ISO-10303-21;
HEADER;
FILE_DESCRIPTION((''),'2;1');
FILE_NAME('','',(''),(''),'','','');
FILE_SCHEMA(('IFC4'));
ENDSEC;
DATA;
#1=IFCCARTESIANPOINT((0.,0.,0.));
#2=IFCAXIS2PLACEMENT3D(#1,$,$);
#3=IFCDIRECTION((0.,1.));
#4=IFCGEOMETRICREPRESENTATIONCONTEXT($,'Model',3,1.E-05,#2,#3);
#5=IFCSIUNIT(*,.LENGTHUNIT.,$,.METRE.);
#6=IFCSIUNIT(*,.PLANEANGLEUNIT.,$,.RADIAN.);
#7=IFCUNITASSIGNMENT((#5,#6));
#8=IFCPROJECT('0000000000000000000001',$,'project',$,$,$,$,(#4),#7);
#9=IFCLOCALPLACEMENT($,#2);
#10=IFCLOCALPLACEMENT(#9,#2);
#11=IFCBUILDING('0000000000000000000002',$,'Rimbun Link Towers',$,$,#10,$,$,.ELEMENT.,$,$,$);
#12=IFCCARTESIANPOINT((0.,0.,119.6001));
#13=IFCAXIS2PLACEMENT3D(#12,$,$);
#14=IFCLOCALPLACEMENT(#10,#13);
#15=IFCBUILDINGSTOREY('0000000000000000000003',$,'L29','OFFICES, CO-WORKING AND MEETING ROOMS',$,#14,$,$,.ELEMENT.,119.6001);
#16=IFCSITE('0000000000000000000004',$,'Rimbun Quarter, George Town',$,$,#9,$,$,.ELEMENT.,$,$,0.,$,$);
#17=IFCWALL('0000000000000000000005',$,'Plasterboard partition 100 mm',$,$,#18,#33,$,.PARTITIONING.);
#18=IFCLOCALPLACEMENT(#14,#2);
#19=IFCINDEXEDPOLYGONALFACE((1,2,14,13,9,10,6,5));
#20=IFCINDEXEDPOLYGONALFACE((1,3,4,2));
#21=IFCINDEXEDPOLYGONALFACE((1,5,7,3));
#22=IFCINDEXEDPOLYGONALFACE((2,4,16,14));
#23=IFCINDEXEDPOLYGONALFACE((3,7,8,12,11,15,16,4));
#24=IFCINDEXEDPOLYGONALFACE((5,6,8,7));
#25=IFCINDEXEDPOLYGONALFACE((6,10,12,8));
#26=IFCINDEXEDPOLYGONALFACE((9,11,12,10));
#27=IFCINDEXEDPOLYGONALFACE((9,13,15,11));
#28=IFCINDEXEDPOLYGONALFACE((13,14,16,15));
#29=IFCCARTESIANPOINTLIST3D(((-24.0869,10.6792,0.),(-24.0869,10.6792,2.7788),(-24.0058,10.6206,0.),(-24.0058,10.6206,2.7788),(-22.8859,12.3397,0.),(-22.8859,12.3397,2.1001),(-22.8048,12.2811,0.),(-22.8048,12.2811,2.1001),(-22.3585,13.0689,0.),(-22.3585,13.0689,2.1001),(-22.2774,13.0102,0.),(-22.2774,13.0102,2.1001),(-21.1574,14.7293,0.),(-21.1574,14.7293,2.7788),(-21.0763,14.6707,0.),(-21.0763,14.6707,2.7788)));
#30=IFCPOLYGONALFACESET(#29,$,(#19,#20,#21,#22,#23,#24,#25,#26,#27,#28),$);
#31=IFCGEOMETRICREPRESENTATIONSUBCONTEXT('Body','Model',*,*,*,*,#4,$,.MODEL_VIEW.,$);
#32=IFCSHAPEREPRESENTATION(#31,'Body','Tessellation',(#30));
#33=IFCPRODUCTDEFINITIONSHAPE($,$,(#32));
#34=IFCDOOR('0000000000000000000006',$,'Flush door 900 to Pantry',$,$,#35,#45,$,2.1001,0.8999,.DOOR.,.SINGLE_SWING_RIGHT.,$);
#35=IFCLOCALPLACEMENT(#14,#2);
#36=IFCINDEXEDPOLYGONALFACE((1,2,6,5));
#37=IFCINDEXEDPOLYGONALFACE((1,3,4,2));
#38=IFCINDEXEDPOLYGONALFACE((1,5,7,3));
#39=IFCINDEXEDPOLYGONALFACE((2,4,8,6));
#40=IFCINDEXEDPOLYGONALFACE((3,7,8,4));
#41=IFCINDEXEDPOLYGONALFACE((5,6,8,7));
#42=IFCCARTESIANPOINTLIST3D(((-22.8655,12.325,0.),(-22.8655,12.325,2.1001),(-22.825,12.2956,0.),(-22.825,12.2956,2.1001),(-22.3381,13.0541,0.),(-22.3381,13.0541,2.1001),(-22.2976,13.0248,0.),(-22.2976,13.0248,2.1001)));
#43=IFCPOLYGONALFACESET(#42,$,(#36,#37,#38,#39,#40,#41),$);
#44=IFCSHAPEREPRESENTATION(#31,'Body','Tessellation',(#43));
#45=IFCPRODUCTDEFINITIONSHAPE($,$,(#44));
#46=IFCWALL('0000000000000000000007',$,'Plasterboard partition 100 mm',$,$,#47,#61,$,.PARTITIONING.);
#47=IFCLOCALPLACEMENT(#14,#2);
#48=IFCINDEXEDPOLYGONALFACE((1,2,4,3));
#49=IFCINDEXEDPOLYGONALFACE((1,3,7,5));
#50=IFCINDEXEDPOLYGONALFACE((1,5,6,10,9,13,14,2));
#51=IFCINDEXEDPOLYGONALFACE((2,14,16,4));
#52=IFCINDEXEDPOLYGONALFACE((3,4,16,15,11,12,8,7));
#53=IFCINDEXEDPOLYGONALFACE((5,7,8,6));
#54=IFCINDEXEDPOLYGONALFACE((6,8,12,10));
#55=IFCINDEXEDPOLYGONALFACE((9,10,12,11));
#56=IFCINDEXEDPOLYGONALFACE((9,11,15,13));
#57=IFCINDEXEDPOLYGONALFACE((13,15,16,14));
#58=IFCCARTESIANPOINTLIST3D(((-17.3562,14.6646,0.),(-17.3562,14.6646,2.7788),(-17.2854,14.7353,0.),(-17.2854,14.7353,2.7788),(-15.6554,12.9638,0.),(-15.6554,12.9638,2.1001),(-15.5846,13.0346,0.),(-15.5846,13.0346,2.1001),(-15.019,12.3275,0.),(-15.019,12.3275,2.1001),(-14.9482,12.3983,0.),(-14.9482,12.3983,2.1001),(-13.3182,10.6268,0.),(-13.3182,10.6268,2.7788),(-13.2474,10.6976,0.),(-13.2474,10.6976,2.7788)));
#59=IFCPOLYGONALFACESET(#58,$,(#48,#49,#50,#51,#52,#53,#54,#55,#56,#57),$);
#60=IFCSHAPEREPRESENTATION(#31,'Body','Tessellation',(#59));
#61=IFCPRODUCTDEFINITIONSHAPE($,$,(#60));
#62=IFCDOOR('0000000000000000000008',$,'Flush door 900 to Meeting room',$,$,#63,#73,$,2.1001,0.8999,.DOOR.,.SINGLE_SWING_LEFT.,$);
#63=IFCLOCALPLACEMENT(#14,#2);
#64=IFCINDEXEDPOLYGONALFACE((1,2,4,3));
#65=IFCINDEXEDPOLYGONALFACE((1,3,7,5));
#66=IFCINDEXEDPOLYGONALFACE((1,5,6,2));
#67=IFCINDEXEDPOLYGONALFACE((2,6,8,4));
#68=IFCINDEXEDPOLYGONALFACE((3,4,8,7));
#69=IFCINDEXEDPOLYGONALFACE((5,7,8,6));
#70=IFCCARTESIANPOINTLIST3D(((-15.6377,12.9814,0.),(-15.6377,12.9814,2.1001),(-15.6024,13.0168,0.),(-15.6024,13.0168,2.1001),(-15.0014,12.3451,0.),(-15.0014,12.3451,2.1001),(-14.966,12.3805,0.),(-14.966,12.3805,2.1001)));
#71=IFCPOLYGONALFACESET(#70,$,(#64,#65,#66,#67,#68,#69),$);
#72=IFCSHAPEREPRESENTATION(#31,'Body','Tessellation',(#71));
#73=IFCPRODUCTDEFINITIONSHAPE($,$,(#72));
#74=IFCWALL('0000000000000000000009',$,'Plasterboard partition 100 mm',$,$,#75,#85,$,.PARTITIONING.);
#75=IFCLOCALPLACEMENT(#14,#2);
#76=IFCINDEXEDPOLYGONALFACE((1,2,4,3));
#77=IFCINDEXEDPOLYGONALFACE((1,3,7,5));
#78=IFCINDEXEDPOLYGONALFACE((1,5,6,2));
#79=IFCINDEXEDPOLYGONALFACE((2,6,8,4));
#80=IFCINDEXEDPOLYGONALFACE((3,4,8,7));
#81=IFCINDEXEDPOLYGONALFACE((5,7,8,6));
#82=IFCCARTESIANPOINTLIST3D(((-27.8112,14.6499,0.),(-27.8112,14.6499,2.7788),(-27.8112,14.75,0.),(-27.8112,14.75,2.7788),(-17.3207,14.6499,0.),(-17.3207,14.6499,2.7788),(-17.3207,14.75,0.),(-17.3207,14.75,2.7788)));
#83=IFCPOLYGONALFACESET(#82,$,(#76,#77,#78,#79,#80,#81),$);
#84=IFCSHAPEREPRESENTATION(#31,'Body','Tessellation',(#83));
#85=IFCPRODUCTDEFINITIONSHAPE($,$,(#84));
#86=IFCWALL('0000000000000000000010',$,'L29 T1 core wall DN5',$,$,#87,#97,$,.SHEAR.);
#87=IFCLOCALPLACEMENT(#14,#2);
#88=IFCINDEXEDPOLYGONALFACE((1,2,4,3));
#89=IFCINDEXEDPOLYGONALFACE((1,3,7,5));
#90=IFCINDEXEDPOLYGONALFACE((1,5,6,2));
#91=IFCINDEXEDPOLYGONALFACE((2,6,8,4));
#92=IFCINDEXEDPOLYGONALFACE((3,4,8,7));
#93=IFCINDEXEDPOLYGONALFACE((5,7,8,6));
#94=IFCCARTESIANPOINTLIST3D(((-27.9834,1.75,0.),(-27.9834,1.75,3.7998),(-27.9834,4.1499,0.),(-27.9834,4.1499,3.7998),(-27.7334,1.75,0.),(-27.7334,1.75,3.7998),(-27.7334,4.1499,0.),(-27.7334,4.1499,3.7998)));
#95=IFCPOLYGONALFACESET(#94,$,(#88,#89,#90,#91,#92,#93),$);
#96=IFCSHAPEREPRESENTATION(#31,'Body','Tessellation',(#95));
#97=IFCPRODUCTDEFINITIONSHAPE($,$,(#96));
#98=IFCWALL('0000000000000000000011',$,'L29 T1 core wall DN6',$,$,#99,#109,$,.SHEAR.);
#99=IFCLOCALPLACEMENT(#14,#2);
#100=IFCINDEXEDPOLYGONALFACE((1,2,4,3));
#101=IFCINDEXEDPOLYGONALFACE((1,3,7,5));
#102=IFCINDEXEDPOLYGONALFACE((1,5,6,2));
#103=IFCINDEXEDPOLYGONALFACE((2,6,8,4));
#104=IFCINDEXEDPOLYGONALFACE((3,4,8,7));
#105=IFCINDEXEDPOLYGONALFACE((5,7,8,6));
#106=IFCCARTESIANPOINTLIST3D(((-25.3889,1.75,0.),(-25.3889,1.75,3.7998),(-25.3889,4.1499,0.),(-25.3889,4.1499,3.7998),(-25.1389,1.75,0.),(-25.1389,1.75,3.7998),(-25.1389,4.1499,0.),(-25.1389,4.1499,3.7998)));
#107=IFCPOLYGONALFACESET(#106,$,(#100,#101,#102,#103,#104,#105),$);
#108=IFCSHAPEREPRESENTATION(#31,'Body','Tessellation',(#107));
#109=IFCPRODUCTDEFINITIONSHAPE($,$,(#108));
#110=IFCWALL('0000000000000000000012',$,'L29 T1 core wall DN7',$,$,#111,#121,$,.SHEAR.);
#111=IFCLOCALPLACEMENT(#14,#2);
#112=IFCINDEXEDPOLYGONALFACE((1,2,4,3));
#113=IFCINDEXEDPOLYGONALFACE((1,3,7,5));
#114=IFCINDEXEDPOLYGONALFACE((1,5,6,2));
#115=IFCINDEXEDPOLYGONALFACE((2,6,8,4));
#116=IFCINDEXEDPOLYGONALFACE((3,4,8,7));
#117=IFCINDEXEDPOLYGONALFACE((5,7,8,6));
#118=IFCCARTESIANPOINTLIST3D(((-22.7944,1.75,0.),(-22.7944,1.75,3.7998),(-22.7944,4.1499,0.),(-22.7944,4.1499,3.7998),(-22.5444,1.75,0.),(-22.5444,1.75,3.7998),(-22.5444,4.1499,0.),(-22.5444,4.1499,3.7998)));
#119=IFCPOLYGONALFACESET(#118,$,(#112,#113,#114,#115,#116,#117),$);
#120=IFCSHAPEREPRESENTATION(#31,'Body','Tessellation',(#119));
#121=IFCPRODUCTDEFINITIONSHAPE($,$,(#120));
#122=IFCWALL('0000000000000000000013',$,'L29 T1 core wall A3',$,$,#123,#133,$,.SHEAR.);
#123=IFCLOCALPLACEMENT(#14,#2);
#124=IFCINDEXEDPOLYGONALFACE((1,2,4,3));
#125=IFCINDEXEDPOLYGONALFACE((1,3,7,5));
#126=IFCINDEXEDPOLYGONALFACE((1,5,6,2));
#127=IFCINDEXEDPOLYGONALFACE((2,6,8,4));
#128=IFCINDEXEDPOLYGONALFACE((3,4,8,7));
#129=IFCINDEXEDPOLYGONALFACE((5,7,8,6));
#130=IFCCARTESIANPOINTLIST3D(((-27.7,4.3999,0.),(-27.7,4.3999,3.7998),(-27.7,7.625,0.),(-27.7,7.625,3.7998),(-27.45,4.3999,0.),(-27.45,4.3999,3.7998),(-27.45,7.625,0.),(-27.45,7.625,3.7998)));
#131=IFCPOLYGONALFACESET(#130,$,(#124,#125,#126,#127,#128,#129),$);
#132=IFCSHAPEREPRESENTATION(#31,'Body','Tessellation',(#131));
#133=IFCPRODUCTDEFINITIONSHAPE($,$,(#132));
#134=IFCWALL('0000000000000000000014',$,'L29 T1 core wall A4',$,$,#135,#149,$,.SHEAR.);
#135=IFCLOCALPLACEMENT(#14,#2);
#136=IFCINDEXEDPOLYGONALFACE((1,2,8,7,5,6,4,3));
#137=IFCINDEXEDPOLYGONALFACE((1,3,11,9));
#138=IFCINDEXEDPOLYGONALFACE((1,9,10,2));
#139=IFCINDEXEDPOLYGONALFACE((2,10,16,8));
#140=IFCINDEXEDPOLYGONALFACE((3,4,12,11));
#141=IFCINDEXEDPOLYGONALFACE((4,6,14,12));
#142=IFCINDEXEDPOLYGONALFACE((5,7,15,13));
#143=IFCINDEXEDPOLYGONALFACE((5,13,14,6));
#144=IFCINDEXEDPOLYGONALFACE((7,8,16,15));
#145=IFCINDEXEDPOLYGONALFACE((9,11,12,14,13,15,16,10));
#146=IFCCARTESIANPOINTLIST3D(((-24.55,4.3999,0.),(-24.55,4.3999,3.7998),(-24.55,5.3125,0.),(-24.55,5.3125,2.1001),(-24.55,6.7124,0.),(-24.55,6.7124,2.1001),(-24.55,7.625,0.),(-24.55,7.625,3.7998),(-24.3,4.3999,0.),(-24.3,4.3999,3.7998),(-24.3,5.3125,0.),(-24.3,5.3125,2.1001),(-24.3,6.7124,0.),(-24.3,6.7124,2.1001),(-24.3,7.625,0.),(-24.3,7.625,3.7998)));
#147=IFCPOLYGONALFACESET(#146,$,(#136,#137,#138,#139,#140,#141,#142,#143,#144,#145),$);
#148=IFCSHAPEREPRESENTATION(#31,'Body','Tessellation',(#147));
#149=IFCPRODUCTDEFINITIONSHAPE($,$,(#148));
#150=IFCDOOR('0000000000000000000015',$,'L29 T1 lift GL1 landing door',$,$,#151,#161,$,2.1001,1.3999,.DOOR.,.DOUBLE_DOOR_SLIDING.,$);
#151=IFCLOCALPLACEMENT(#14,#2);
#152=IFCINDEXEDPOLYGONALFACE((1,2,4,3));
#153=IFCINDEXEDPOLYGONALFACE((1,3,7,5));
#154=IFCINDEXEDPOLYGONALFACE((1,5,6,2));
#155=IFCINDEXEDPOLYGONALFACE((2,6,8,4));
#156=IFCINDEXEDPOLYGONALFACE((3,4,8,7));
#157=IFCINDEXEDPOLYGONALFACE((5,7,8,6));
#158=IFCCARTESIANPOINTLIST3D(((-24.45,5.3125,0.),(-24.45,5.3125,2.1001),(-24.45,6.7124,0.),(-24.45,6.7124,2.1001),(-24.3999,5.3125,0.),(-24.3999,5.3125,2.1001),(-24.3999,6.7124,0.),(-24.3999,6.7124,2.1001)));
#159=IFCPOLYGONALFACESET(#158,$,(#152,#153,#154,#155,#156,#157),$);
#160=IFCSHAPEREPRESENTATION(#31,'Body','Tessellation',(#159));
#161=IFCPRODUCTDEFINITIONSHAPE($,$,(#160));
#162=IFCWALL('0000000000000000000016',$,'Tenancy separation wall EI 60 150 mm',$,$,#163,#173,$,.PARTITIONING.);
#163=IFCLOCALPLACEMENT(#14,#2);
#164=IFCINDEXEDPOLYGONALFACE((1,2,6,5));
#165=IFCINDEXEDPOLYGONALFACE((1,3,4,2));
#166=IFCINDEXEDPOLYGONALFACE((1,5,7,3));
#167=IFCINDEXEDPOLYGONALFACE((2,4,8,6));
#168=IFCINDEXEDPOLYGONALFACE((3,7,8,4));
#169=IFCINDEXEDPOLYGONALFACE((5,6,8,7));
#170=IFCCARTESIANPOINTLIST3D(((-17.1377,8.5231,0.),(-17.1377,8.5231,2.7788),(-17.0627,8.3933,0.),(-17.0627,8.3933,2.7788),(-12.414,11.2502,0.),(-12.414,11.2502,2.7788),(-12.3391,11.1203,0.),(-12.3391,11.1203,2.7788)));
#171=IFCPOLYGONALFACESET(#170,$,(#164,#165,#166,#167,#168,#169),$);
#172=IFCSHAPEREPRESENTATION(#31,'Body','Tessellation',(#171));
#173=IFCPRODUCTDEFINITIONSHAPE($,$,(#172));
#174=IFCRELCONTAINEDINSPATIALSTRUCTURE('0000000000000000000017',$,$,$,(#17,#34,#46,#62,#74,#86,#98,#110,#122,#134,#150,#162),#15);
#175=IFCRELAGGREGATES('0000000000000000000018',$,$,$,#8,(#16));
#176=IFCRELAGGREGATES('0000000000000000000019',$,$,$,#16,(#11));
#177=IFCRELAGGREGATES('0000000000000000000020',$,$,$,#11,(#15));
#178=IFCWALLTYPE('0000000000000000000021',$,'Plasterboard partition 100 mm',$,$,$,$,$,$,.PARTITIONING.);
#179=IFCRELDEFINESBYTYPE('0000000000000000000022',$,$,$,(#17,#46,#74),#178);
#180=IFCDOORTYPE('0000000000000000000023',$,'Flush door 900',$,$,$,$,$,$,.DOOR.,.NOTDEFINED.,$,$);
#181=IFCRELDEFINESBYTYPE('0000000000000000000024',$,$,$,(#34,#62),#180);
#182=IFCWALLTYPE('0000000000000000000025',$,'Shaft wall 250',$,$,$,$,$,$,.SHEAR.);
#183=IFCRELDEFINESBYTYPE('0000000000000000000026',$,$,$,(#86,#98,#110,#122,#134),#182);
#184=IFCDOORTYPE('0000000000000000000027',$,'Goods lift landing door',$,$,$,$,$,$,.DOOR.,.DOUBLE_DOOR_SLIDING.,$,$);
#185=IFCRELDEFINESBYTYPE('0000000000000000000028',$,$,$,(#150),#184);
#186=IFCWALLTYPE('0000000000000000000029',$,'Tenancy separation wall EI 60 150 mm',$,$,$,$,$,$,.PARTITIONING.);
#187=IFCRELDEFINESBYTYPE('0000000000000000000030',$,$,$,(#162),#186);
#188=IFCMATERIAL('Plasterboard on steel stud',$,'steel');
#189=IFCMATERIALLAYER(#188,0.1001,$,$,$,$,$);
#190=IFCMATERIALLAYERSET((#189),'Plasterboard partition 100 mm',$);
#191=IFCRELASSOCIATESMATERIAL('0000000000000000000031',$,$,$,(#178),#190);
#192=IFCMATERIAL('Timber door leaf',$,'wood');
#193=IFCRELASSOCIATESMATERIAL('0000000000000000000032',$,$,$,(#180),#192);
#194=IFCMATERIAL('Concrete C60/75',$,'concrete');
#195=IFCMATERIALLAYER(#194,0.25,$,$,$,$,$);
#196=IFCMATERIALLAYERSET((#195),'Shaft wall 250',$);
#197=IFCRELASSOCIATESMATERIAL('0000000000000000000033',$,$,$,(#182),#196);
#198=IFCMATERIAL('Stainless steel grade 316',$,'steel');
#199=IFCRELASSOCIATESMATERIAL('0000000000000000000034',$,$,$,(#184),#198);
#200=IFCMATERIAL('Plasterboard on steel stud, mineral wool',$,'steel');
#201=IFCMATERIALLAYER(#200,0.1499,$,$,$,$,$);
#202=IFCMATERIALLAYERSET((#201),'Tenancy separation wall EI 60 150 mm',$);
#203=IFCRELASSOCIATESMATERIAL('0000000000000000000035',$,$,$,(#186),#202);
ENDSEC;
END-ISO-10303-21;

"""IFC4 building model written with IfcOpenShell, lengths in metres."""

from ifc_helpers import new_model, si_unit, direction, frame, frame_2d, origin, place, context, subcontext, project, spatial, rectangle, extrude, material, layer, layer_set, type_object, element, fill, save


model = new_model("IFC4")

# Units and contexts
model_context = context("Model", 3, precision=1e-05, world=origin(), true_north=direction((0.0, 1.0)))
body_context = subcontext(model_context, "Body", "Model", "MODEL_VIEW")
ifc_project = project(units=[si_unit("LENGTHUNIT", "METRE"), si_unit("PLANEANGLEUNIT", "RADIAN")], contexts=[model_context])

# Site, building, storey
site_placement = place(None, origin())
site = spatial("IfcSite", under=ifc_project, at=site_placement, Name="Rimbun Quarter, George Town", CompositionType="ELEMENT", RefElevation=0.0)
building_placement = place(site_placement, origin())
building = spatial("IfcBuilding", under=site, at=building_placement, Name="Rimbun Link Towers", CompositionType="ELEMENT")
storey_placement = place(building_placement, frame((0.0, 0.0, 119.6001)))
storey = spatial("IfcBuildingStorey", under=building, at=storey_placement, Name="L29", Description="OFFICES, CO-WORKING AND MEETING ROOMS", CompositionType="ELEMENT", Elevation=119.6001)

# Walls, openings, doors
ifc_material_1 = material(Name="Plasterboard on steel stud", Category="steel")
ifc_layer_1 = layer(ifc_material_1, 0.1001)
ifc_layer_set_1 = layer_set([ifc_layer_1], Name="Plasterboard partition 100 mm")
wall_type_1 = type_object("IfcWallType", Name="Plasterboard partition 100 mm", PredefinedType="PARTITIONING", material=ifc_layer_set_1)
wall_1_placement = place(storey_placement, frame((-24.0464, 10.6499, 0.0), z_axis=(0.0, 0.0, 1.0), x_axis=(0.58607, 0.81026, 0.0)))
wall_1 = element("IfcWall", 1, at=wall_1_placement, inside=storey, type_object=wall_type_1, Name="Plasterboard partition 100 mm", PredefinedType="PARTITIONING", context=body_context, shape_type="SweptSolid", body=[
    extrude(rectangle(XDim=4.9985, YDim=0.1001, at=frame_2d((2.4993, 0.0))), origin(), (0.0, 0.0, 1.0), 2.7788),
])
opening_1_placement = place(wall_1_placement, frame((2.0493, 0.0, 0.0)))
opening_1 = element("IfcOpeningElement", 2, at=opening_1_placement, cuts=wall_1, PredefinedType="OPENING", context=body_context, shape_type="SweptSolid", body=[
    extrude(rectangle(XDim=0.8999, YDim=2.1001, at=frame_2d((0.45, 1.05))), frame((0.0, 0.0601, 0.0), z_axis=(0.0, -1.0, 0.0), x_axis=(1.0, 0.0, 0.0)), (0.0, 0.0, 1.0), 0.1201),
])
ifc_material_2 = material(Name="Timber door leaf", Category="wood")
door_type_1 = type_object("IfcDoorType", Name="Flush door 900", OperationType="NOTDEFINED", PredefinedType="DOOR", material=ifc_material_2)
door_1_placement = place(opening_1_placement, origin())
door_1 = element("IfcDoor", 3, at=door_1_placement, inside=storey, type_object=door_type_1, Name="Flush door 900 to Pantry", OperationType="SINGLE_SWING_RIGHT", OverallHeight=2.1001, OverallWidth=0.8999, PredefinedType="DOOR", context=body_context, shape_type="SweptSolid", body=[
    extrude(rectangle(XDim=0.8999, YDim=2.1001, at=frame_2d((0.45, 1.05))), frame((0.0, 0.0249, 0.0), z_axis=(0.0, -1.0, 0.0), x_axis=(1.0, 0.0, 0.0)), (0.0, 0.0, 1.0), 0.05),
])
fill(opening_1, door_1)
wall_2_placement = place(storey_placement, frame((-17.3208, 14.7, 0.0), z_axis=(0.0, 0.0, 1.0), x_axis=(0.707128, -0.707085, 0.0)))
wall_2 = element("IfcWall", 4, at=wall_2_placement, inside=storey, type_object=wall_type_1, Name="Plasterboard partition 100 mm", PredefinedType="PARTITIONING", context=body_context, shape_type="SweptSolid", body=[
    extrude(rectangle(XDim=5.7104, YDim=0.1001, at=frame_2d((2.8552, 0.0))), origin(), (0.0, 0.0, 1.0), 2.7788),
])
opening_2_placement = place(wall_2_placement, frame((2.4053, 0.0, 0.0)))
opening_2 = element("IfcOpeningElement", 5, at=opening_2_placement, cuts=wall_2, PredefinedType="OPENING", context=body_context, shape_type="SweptSolid", body=[
    extrude(rectangle(XDim=0.8999, YDim=2.1001, at=frame_2d((0.45, 1.05))), frame((0.0, 0.0601, 0.0), z_axis=(0.0, -1.0, 0.0), x_axis=(1.0, 0.0, 0.0)), (0.0, 0.0, 1.0), 0.1201),
])
door_2_placement = place(opening_2_placement, origin())
door_2 = element("IfcDoor", 6, at=door_2_placement, inside=storey, type_object=door_type_1, Name="Flush door 900 to Meeting room", OperationType="SINGLE_SWING_LEFT", OverallHeight=2.1001, OverallWidth=0.8999, PredefinedType="DOOR", context=body_context, shape_type="SweptSolid", body=[
    extrude(rectangle(XDim=0.8999, YDim=2.1001, at=frame_2d((0.45, 1.05))), frame((0.0, 0.0249, 0.0), z_axis=(0.0, -1.0, 0.0), x_axis=(1.0, 0.0, 0.0)), (0.0, 0.0, 1.0), 0.05),
])
fill(opening_2, door_2)

# Walls
wall_3_placement = place(storey_placement, frame((-17.3208, 14.7, 0.0), z_axis=(0.0, 0.0, 1.0), x_axis=(-1.0, 0.0, 0.0)))
element("IfcWall", 7, at=wall_3_placement, inside=storey, type_object=wall_type_1, Name="Plasterboard partition 100 mm", PredefinedType="PARTITIONING", context=body_context, shape_type="SweptSolid", body=[
    extrude(rectangle(XDim=10.4905, YDim=0.1001, at=frame_2d((5.2451, 0.0))), origin(), (0.0, 0.0, 1.0), 2.7788),
])
ifc_material_3 = material(Name="Concrete C60/75", Category="concrete")
ifc_layer_2 = layer(ifc_material_3, 0.25)
ifc_layer_set_2 = layer_set([ifc_layer_2], Name="Shaft wall 250")
wall_type_2 = type_object("IfcWallType", Name="Shaft wall 250", PredefinedType="SHEAR", material=ifc_layer_set_2)
for number, where, z_axis, x_axis, name in (
    (8, (-27.8584, 1.75, 0.0), (0.0, 0.0, 1.0), (0.0, 1.0, 0.0), "L29 T1 core wall DN5"),
    (9, (-25.2639, 1.75, 0.0), (0.0, 0.0, 1.0), (0.0, 1.0, 0.0), "L29 T1 core wall DN6"),
    (10, (-22.6694, 1.75, 0.0), (0.0, 0.0, 1.0), (0.0, 1.0, 0.0), "L29 T1 core wall DN7"),
):
    element("IfcWall", number, at=place(storey_placement, frame(where, z_axis=z_axis, x_axis=x_axis)), inside=storey, type_object=wall_type_2, Name=name, PredefinedType="SHEAR", context=body_context, shape_type="SweptSolid", body=[
        extrude(rectangle(XDim=2.3999, YDim=0.25, at=frame_2d((1.2, 0.0))), origin(), (0.0, 0.0, 1.0), 3.7998),
    ])
wall_4_placement = place(storey_placement, frame((-27.575, 4.3999, 0.0), z_axis=(0.0, 0.0, 1.0), x_axis=(0.0, 1.0, 0.0)))
element("IfcWall", 11, at=wall_4_placement, inside=storey, type_object=wall_type_2, Name="L29 T1 core wall A3", PredefinedType="SHEAR", context=body_context, shape_type="SweptSolid", body=[
    extrude(rectangle(XDim=3.2251, YDim=0.25, at=frame_2d((1.6125, 0.0))), origin(), (0.0, 0.0, 1.0), 3.7998),
])

# Wall, opening, door
wall_5_placement = place(storey_placement, frame((-24.425, 4.3999, 0.0), z_axis=(0.0, 0.0, 1.0), x_axis=(0.0, 1.0, 0.0)))
wall_5 = element("IfcWall", 12, at=wall_5_placement, inside=storey, type_object=wall_type_2, Name="L29 T1 core wall A4", PredefinedType="SHEAR", context=body_context, shape_type="SweptSolid", body=[
    extrude(rectangle(XDim=3.2251, YDim=0.25, at=frame_2d((1.6125, 0.0))), origin(), (0.0, 0.0, 1.0), 3.7998),
])
opening_3_placement = place(wall_5_placement, frame((0.9126, 0.0, 0.0)))
opening_3 = element("IfcOpeningElement", 13, at=opening_3_placement, cuts=wall_5, PredefinedType="OPENING", context=body_context, shape_type="SweptSolid", body=[
    extrude(rectangle(XDim=1.3999, YDim=2.1001, at=frame_2d((0.7, 1.05))), frame((0.0, 0.135, 0.0), z_axis=(0.0, -1.0, 0.0), x_axis=(1.0, 0.0, 0.0)), (0.0, 0.0, 1.0), 0.27),
])
ifc_material_4 = material(Name="Stainless steel grade 316", Category="steel")
door_type_2 = type_object("IfcDoorType", Name="Goods lift landing door", OperationType="DOUBLE_DOOR_SLIDING", PredefinedType="DOOR", material=ifc_material_4)
door_3_placement = place(opening_3_placement, origin())
door_3 = element("IfcDoor", 14, at=door_3_placement, inside=storey, type_object=door_type_2, Name="L29 T1 lift GL1 landing door", OperationType="DOUBLE_DOOR_SLIDING", OverallHeight=2.1001, OverallWidth=1.3999, PredefinedType="DOOR", context=body_context, shape_type="SweptSolid", body=[
    extrude(rectangle(XDim=1.3999, YDim=2.1001, at=frame_2d((0.7, 1.05))), frame((0.0, 0.0249, 0.0), z_axis=(0.0, -1.0, 0.0), x_axis=(1.0, 0.0, 0.0)), (0.0, 0.0, 1.0), 0.05),
])
fill(opening_3, door_3)

# Wall
ifc_material_5 = material(Name="Plasterboard on steel stud, mineral wool", Category="steel")
ifc_layer_3 = layer(ifc_material_5, 0.1499)
ifc_layer_set_3 = layer_set([ifc_layer_3], Name="Tenancy separation wall EI 60 150 mm")
wall_type_3 = type_object("IfcWallType", Name="Tenancy separation wall EI 60 150 mm", PredefinedType="PARTITIONING", material=ifc_layer_set_3)
wall_6_placement = place(storey_placement, frame((-17.1001, 8.4583, 0.0), z_axis=(0.0, 0.0, 1.0), x_axis=(0.866037, 0.499981, 0.0)))
element("IfcWall", 15, at=wall_6_placement, inside=storey, type_object=wall_type_3, Name="Tenancy separation wall EI 60 150 mm", PredefinedType="PARTITIONING", context=body_context, shape_type="SweptSolid", body=[
    extrude(rectangle(XDim=5.4543, YDim=0.1499, at=frame_2d((2.7271, 0.0))), origin(), (0.0, 0.0, 1.0), 2.7788),
])

save(model, "model.ifc")
